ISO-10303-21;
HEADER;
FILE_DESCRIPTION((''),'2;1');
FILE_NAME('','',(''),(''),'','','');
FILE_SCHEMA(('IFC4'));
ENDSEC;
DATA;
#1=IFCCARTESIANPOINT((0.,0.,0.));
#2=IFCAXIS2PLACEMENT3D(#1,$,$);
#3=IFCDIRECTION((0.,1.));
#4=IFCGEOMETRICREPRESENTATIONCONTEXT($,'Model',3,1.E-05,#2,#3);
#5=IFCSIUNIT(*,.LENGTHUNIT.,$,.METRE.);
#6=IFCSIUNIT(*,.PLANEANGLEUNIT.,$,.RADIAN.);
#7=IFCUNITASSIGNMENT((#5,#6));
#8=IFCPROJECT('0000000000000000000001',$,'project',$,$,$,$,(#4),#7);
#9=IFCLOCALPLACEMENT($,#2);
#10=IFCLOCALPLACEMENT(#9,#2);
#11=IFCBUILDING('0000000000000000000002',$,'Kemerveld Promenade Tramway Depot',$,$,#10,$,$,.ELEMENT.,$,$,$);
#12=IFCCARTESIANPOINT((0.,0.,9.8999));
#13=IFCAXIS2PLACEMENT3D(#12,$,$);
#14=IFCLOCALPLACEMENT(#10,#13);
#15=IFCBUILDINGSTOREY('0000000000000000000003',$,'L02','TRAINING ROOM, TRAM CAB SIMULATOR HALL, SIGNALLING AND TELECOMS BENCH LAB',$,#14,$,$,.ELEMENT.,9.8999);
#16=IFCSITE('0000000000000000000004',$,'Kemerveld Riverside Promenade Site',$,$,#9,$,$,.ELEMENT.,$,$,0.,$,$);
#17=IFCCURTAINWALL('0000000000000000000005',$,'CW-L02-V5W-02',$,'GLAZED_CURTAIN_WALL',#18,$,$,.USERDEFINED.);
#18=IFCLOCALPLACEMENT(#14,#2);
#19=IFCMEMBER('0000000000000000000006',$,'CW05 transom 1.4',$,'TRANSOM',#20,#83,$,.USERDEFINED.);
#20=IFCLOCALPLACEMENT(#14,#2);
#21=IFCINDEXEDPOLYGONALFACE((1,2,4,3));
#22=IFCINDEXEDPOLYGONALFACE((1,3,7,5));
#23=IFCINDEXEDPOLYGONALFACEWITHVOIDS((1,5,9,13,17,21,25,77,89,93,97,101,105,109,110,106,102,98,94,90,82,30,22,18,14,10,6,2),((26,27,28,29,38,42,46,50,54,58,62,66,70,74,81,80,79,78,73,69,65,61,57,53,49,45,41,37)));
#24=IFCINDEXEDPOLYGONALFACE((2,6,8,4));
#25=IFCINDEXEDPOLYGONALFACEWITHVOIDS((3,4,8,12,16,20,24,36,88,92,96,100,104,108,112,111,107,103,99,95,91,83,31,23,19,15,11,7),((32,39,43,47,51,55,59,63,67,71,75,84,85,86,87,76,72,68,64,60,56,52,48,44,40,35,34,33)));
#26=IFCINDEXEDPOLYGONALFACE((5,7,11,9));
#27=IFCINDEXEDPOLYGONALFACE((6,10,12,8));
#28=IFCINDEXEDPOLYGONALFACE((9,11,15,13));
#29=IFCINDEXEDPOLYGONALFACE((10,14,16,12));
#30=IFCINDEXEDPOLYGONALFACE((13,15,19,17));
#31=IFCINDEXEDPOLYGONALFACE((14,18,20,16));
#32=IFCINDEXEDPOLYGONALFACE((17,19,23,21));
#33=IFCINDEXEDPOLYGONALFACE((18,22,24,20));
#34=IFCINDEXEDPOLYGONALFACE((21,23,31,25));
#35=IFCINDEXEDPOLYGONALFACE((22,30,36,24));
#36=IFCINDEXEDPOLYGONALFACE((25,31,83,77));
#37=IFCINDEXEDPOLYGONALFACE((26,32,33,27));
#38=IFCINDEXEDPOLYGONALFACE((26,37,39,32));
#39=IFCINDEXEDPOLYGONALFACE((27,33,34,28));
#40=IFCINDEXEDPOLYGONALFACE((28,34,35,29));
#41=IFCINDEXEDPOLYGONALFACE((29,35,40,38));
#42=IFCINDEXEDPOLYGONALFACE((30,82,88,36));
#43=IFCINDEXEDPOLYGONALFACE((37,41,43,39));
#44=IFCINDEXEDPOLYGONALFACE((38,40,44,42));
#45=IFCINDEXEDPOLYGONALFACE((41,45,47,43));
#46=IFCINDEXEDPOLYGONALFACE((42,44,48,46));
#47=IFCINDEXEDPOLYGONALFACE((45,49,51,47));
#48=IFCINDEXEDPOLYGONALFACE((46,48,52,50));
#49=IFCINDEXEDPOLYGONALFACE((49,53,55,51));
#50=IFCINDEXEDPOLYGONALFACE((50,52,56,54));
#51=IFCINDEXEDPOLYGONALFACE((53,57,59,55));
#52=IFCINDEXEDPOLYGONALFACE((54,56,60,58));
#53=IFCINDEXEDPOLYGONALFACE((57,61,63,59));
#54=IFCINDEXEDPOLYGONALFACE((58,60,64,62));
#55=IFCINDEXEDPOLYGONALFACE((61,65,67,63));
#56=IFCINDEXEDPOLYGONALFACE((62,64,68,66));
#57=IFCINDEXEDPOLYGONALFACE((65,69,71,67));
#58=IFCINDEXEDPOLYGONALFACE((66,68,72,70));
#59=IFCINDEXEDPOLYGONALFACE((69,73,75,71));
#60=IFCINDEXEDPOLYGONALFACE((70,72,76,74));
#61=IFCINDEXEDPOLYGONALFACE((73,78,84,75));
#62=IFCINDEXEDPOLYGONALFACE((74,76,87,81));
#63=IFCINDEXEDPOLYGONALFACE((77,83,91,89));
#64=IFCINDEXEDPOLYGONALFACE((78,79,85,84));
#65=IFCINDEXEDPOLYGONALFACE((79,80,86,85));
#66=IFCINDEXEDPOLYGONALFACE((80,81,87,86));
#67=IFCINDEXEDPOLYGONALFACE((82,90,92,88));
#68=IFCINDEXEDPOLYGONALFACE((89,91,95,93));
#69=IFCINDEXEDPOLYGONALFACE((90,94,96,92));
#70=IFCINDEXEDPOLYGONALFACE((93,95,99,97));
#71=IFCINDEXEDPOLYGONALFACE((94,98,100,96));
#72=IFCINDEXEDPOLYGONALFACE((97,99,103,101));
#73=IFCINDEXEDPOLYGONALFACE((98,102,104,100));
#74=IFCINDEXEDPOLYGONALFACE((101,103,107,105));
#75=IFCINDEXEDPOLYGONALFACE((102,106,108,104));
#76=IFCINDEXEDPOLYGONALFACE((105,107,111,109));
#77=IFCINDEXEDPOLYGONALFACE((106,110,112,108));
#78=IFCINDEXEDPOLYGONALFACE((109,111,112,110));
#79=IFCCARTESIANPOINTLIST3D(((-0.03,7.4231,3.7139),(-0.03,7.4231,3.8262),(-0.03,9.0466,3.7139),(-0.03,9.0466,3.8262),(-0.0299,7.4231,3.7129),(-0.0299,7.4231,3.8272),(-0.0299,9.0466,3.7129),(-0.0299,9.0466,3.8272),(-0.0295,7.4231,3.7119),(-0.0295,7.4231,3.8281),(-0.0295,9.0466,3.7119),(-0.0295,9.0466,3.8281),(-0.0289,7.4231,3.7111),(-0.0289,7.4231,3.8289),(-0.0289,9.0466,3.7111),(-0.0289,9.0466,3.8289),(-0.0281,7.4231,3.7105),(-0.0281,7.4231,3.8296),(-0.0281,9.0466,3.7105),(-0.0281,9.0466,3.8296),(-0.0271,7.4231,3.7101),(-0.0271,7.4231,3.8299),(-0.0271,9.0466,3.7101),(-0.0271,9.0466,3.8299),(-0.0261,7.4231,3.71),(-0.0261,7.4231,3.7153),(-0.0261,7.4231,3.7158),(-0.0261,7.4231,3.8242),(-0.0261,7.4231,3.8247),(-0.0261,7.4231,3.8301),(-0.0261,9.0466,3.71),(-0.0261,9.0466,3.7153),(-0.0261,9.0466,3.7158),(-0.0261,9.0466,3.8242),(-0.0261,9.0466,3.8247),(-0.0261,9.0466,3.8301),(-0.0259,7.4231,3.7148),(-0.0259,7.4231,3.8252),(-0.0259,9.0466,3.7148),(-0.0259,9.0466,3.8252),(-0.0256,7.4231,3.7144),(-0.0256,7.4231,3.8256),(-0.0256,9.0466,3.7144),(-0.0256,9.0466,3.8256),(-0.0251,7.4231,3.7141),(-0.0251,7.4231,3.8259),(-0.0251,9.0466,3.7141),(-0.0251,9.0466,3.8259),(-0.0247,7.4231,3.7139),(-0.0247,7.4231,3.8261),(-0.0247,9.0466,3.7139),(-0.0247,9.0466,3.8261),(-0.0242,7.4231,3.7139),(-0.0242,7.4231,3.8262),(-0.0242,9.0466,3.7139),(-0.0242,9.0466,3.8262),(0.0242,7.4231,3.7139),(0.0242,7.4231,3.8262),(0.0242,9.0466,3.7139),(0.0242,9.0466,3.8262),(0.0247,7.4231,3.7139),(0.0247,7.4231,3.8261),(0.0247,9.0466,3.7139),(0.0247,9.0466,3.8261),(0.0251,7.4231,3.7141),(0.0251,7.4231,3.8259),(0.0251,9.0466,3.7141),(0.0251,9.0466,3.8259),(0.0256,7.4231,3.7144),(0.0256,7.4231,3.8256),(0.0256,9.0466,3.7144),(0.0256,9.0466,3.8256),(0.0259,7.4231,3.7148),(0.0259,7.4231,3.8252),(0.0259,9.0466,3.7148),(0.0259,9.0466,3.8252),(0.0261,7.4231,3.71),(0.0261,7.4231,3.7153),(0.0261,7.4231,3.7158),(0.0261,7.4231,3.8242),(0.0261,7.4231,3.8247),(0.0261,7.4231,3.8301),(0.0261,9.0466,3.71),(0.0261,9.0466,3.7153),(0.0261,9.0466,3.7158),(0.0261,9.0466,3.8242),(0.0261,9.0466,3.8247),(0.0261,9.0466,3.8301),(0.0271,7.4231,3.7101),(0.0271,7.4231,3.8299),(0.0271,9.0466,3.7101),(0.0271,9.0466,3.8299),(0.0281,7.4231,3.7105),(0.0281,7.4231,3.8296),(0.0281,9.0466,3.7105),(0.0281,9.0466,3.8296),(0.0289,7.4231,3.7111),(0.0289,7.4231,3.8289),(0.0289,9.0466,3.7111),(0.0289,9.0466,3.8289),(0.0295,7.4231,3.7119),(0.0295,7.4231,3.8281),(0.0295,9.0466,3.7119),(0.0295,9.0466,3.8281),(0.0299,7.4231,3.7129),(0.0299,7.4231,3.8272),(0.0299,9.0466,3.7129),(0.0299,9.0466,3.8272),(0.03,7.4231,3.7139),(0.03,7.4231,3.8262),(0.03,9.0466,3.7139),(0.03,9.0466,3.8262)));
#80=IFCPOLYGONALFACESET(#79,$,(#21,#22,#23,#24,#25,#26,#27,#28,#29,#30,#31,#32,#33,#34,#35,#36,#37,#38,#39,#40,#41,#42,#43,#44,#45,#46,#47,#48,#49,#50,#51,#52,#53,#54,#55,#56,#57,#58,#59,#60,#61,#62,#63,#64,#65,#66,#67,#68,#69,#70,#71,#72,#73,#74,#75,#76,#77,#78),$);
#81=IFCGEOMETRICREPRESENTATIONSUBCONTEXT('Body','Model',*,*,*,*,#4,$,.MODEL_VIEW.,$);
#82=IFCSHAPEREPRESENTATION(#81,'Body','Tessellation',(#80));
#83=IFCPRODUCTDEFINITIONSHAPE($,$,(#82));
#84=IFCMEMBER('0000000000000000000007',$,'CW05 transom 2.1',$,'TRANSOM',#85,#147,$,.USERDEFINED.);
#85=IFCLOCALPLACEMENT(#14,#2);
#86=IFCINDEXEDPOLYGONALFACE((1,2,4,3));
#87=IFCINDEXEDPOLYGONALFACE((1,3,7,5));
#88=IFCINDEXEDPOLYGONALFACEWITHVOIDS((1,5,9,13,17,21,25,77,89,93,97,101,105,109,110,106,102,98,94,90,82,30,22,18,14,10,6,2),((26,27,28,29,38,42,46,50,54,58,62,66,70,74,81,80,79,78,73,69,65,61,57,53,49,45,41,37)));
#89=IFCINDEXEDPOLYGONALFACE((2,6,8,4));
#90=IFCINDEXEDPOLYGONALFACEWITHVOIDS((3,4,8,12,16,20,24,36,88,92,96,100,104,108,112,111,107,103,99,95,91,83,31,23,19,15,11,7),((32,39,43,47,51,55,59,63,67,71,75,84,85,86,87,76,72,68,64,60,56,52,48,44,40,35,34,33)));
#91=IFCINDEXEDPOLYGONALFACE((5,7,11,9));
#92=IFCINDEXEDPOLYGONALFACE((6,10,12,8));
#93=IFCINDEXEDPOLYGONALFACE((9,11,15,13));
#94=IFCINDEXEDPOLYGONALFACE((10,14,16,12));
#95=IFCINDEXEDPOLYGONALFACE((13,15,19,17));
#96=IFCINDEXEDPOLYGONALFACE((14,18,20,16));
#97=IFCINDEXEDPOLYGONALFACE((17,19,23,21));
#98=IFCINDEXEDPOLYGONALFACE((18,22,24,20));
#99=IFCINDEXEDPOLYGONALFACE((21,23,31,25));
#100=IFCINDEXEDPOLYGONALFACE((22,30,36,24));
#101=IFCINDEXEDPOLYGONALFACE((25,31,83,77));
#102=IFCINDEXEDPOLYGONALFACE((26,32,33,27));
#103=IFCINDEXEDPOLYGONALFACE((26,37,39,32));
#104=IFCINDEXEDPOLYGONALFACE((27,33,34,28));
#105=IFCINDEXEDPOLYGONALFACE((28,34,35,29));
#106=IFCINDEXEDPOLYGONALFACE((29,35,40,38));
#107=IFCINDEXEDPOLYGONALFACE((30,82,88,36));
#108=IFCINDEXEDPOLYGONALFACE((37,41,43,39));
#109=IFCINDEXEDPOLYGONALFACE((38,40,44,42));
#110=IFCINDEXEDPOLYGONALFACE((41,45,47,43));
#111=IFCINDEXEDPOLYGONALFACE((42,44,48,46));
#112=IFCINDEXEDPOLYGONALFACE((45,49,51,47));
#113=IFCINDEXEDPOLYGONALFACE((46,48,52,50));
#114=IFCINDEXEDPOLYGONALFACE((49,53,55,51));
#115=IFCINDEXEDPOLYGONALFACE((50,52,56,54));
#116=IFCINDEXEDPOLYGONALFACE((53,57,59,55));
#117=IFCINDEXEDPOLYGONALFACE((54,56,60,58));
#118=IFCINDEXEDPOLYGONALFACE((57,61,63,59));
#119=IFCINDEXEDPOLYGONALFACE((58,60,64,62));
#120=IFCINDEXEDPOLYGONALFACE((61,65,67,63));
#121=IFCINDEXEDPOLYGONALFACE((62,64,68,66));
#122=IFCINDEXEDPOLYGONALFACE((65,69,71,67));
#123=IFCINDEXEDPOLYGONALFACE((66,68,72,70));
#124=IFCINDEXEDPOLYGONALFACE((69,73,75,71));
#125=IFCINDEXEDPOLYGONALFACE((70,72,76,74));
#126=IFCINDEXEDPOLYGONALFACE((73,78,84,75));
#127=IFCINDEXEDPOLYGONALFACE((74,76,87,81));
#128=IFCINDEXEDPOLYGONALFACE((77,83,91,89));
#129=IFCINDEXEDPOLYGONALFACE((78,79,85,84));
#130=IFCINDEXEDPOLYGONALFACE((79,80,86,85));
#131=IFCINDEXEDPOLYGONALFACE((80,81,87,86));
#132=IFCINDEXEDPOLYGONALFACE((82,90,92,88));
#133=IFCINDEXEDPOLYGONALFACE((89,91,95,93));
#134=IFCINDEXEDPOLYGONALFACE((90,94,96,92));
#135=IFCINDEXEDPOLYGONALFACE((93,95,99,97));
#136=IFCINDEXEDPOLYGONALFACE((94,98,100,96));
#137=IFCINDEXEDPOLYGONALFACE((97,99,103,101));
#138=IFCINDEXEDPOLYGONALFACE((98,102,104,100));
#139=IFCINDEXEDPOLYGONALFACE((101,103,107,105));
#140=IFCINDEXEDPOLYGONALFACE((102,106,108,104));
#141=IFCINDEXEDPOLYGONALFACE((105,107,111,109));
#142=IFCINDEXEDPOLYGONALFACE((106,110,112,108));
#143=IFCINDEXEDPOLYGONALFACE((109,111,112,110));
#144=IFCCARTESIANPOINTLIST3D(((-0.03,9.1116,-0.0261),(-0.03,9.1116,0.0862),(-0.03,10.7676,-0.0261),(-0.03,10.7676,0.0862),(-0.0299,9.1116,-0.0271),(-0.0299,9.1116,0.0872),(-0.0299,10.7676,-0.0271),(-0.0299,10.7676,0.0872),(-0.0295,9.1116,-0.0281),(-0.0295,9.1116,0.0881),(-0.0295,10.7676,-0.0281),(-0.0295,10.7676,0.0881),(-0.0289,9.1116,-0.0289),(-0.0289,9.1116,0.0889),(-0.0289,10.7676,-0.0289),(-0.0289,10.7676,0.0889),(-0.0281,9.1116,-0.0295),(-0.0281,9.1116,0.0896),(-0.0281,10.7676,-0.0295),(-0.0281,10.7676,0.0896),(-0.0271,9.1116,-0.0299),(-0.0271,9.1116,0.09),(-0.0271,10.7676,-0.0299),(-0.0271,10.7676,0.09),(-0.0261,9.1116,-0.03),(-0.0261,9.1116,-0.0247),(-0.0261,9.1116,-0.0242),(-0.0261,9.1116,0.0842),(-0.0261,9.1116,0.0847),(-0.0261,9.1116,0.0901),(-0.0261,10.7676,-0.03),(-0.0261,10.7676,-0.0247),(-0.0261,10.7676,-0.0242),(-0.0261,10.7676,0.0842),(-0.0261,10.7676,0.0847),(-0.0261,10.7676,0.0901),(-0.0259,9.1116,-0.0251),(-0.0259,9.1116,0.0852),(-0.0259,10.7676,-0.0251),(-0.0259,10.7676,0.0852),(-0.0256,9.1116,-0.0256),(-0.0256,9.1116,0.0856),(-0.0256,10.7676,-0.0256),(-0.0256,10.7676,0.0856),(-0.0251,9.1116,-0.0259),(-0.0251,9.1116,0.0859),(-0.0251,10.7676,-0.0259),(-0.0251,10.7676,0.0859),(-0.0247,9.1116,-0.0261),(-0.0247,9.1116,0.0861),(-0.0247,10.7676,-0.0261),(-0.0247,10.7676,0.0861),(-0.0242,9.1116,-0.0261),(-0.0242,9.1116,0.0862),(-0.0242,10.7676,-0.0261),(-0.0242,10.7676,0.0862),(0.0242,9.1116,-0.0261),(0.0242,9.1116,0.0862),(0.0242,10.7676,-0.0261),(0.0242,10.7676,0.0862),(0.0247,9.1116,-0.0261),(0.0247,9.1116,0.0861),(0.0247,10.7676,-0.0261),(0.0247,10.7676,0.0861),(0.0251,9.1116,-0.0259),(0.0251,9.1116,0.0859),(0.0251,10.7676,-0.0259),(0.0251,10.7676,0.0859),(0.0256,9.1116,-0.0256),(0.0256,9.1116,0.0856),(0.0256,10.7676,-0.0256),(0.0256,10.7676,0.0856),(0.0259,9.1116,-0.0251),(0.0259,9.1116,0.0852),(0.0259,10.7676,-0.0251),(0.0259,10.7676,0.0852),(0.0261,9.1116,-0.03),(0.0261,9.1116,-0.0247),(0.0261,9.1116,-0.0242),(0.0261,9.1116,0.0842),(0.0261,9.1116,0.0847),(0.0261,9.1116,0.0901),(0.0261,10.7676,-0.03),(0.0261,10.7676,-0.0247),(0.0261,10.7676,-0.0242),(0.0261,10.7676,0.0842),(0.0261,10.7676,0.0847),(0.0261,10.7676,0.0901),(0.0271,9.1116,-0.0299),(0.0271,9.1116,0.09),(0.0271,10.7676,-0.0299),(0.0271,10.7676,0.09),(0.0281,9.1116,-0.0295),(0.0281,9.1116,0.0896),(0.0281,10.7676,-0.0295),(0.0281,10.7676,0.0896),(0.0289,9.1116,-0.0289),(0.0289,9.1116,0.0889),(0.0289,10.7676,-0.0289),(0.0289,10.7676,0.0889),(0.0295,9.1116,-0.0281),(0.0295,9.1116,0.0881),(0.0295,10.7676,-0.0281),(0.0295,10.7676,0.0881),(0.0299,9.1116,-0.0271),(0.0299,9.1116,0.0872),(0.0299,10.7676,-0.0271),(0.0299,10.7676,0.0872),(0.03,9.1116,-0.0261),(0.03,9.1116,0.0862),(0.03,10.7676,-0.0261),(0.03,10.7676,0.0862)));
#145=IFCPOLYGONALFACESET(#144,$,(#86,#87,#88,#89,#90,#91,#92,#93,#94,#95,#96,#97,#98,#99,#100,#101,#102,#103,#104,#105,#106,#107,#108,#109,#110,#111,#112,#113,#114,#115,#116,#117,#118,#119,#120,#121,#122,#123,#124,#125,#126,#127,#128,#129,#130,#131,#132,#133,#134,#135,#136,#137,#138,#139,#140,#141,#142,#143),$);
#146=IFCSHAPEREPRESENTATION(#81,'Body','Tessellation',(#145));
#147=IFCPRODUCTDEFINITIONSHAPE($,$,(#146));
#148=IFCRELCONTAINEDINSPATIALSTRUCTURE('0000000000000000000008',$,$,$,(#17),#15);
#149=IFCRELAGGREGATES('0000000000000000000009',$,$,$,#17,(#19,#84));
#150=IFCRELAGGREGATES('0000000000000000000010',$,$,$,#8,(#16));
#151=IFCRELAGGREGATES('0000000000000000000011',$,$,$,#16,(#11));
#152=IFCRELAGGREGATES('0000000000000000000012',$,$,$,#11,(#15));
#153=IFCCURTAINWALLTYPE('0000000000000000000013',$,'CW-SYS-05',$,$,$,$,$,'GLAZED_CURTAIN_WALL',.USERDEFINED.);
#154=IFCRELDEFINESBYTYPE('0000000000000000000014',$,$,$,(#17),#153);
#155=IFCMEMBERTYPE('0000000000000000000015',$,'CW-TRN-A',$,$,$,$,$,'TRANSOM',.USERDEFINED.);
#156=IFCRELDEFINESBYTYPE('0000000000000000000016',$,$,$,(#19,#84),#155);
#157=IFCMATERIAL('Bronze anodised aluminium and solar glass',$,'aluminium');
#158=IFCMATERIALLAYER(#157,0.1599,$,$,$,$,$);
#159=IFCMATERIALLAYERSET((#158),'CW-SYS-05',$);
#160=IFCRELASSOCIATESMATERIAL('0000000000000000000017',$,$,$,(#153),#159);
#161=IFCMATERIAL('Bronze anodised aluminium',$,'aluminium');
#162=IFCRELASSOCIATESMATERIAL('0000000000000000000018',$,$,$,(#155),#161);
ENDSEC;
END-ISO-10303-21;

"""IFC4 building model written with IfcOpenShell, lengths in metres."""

from ifc_helpers import new_model, si_unit, direction, frame, origin, origin_2d, place, context, subcontext, project, spatial, hollow_rectangle, extrude, material, layer, layer_set, material_profile, profile_set, type_object, element, aggregate, save


model = new_model("IFC4")

# Units and contexts
model_context = context("Model", 3, precision=1e-05, world=origin(), true_north=direction((0.0, 1.0)))
body_context = subcontext(model_context, "Body", "Model", "MODEL_VIEW")
ifc_project = project(units=[si_unit("LENGTHUNIT", "METRE"), si_unit("PLANEANGLEUNIT", "RADIAN")], contexts=[model_context])

# Site, building, storey
site_placement = place(None, origin())
site = spatial("IfcSite", under=ifc_project, at=site_placement, Name="Kemerveld Riverside Promenade Site", CompositionType="ELEMENT", RefElevation=0.0)
building_placement = place(site_placement, origin())
building = spatial("IfcBuilding", under=site, at=building_placement, Name="Kemerveld Promenade Tramway Depot", CompositionType="ELEMENT")
storey_placement = place(building_placement, frame((0.0, 0.0, 9.8999)))
storey = spatial("IfcBuildingStorey", under=building, at=storey_placement, Name="L02", Description="TRAINING ROOM, TRAM CAB SIMULATOR HALL, SIGNALLING AND TELECOMS BENCH LAB", CompositionType="ELEMENT", Elevation=9.8999)

# Curtain wall, members
ifc_material_1 = material(Name="Bronze anodised aluminium and solar glass", Category="aluminium")
ifc_layer_1 = layer(ifc_material_1, 0.1599)
ifc_layer_set_1 = layer_set([ifc_layer_1], Name="CW-SYS-05")
curtain_wall_type = type_object("IfcCurtainWallType", Name="CW-SYS-05", ElementType="GLAZED_CURTAIN_WALL", PredefinedType="USERDEFINED", material=ifc_layer_set_1)
curtain_wall_placement = place(storey_placement, origin())
curtain_wall = element("IfcCurtainWall", 1, at=curtain_wall_placement, inside=storey, type_object=curtain_wall_type, Name="CW-L02-V5W-02", ObjectType="GLAZED_CURTAIN_WALL", PredefinedType="USERDEFINED")
ifc_material_2 = material(Name="Bronze anodised aluminium", Category="aluminium")
ifc_material_profile_1 = material_profile(ifc_material_2, hollow_rectangle(XDim=0.0601, YDim=0.1201, WallThickness=0.0039, InnerFilletRadius=0.002, OuterFilletRadius=0.0039, at=origin_2d()), Name="CW-TRN-120x60")
ifc_profile_set_1 = profile_set([ifc_material_profile_1], Name="Bronze anodised aluminium")
member_type_1 = type_object("IfcMemberType", Name="CW-TRN-A", ElementType="TRANSOM", PredefinedType="USERDEFINED", material=ifc_profile_set_1)
member_1_placement = place(storey_placement, frame((0.0, 7.4231, 3.77), z_axis=(0.0, 1.0, 0.0), x_axis=(-1.0, 0.0, 0.0)))
member_1 = element("IfcMember", 2, at=member_1_placement, type_object=member_type_1, Name="CW05 transom 1.4", ObjectType="TRANSOM", PredefinedType="USERDEFINED", context=body_context, shape_type="SweptSolid", body=[
    extrude(hollow_rectangle(XDim=0.0601, YDim=0.1201, WallThickness=0.0039, InnerFilletRadius=0.002, OuterFilletRadius=0.0039, at=origin_2d()), origin(), (0.0, 0.0, 1.0), 1.6235),
])
member_2_placement = place(storey_placement, frame((0.0, 9.1116, 0.03), z_axis=(0.0, 1.0, 0.0), x_axis=(-1.0, 0.0, 0.0)))
member_2 = element("IfcMember", 3, at=member_2_placement, type_object=member_type_1, Name="CW05 transom 2.1", ObjectType="TRANSOM", PredefinedType="USERDEFINED", context=body_context, shape_type="SweptSolid", body=[
    extrude(hollow_rectangle(XDim=0.0601, YDim=0.1201, WallThickness=0.0039, InnerFilletRadius=0.002, OuterFilletRadius=0.0039, at=origin_2d()), origin(), (0.0, 0.0, 1.0), 1.656),
])
aggregate(curtain_wall, [member_1, member_2])

save(model, "model.ifc")
